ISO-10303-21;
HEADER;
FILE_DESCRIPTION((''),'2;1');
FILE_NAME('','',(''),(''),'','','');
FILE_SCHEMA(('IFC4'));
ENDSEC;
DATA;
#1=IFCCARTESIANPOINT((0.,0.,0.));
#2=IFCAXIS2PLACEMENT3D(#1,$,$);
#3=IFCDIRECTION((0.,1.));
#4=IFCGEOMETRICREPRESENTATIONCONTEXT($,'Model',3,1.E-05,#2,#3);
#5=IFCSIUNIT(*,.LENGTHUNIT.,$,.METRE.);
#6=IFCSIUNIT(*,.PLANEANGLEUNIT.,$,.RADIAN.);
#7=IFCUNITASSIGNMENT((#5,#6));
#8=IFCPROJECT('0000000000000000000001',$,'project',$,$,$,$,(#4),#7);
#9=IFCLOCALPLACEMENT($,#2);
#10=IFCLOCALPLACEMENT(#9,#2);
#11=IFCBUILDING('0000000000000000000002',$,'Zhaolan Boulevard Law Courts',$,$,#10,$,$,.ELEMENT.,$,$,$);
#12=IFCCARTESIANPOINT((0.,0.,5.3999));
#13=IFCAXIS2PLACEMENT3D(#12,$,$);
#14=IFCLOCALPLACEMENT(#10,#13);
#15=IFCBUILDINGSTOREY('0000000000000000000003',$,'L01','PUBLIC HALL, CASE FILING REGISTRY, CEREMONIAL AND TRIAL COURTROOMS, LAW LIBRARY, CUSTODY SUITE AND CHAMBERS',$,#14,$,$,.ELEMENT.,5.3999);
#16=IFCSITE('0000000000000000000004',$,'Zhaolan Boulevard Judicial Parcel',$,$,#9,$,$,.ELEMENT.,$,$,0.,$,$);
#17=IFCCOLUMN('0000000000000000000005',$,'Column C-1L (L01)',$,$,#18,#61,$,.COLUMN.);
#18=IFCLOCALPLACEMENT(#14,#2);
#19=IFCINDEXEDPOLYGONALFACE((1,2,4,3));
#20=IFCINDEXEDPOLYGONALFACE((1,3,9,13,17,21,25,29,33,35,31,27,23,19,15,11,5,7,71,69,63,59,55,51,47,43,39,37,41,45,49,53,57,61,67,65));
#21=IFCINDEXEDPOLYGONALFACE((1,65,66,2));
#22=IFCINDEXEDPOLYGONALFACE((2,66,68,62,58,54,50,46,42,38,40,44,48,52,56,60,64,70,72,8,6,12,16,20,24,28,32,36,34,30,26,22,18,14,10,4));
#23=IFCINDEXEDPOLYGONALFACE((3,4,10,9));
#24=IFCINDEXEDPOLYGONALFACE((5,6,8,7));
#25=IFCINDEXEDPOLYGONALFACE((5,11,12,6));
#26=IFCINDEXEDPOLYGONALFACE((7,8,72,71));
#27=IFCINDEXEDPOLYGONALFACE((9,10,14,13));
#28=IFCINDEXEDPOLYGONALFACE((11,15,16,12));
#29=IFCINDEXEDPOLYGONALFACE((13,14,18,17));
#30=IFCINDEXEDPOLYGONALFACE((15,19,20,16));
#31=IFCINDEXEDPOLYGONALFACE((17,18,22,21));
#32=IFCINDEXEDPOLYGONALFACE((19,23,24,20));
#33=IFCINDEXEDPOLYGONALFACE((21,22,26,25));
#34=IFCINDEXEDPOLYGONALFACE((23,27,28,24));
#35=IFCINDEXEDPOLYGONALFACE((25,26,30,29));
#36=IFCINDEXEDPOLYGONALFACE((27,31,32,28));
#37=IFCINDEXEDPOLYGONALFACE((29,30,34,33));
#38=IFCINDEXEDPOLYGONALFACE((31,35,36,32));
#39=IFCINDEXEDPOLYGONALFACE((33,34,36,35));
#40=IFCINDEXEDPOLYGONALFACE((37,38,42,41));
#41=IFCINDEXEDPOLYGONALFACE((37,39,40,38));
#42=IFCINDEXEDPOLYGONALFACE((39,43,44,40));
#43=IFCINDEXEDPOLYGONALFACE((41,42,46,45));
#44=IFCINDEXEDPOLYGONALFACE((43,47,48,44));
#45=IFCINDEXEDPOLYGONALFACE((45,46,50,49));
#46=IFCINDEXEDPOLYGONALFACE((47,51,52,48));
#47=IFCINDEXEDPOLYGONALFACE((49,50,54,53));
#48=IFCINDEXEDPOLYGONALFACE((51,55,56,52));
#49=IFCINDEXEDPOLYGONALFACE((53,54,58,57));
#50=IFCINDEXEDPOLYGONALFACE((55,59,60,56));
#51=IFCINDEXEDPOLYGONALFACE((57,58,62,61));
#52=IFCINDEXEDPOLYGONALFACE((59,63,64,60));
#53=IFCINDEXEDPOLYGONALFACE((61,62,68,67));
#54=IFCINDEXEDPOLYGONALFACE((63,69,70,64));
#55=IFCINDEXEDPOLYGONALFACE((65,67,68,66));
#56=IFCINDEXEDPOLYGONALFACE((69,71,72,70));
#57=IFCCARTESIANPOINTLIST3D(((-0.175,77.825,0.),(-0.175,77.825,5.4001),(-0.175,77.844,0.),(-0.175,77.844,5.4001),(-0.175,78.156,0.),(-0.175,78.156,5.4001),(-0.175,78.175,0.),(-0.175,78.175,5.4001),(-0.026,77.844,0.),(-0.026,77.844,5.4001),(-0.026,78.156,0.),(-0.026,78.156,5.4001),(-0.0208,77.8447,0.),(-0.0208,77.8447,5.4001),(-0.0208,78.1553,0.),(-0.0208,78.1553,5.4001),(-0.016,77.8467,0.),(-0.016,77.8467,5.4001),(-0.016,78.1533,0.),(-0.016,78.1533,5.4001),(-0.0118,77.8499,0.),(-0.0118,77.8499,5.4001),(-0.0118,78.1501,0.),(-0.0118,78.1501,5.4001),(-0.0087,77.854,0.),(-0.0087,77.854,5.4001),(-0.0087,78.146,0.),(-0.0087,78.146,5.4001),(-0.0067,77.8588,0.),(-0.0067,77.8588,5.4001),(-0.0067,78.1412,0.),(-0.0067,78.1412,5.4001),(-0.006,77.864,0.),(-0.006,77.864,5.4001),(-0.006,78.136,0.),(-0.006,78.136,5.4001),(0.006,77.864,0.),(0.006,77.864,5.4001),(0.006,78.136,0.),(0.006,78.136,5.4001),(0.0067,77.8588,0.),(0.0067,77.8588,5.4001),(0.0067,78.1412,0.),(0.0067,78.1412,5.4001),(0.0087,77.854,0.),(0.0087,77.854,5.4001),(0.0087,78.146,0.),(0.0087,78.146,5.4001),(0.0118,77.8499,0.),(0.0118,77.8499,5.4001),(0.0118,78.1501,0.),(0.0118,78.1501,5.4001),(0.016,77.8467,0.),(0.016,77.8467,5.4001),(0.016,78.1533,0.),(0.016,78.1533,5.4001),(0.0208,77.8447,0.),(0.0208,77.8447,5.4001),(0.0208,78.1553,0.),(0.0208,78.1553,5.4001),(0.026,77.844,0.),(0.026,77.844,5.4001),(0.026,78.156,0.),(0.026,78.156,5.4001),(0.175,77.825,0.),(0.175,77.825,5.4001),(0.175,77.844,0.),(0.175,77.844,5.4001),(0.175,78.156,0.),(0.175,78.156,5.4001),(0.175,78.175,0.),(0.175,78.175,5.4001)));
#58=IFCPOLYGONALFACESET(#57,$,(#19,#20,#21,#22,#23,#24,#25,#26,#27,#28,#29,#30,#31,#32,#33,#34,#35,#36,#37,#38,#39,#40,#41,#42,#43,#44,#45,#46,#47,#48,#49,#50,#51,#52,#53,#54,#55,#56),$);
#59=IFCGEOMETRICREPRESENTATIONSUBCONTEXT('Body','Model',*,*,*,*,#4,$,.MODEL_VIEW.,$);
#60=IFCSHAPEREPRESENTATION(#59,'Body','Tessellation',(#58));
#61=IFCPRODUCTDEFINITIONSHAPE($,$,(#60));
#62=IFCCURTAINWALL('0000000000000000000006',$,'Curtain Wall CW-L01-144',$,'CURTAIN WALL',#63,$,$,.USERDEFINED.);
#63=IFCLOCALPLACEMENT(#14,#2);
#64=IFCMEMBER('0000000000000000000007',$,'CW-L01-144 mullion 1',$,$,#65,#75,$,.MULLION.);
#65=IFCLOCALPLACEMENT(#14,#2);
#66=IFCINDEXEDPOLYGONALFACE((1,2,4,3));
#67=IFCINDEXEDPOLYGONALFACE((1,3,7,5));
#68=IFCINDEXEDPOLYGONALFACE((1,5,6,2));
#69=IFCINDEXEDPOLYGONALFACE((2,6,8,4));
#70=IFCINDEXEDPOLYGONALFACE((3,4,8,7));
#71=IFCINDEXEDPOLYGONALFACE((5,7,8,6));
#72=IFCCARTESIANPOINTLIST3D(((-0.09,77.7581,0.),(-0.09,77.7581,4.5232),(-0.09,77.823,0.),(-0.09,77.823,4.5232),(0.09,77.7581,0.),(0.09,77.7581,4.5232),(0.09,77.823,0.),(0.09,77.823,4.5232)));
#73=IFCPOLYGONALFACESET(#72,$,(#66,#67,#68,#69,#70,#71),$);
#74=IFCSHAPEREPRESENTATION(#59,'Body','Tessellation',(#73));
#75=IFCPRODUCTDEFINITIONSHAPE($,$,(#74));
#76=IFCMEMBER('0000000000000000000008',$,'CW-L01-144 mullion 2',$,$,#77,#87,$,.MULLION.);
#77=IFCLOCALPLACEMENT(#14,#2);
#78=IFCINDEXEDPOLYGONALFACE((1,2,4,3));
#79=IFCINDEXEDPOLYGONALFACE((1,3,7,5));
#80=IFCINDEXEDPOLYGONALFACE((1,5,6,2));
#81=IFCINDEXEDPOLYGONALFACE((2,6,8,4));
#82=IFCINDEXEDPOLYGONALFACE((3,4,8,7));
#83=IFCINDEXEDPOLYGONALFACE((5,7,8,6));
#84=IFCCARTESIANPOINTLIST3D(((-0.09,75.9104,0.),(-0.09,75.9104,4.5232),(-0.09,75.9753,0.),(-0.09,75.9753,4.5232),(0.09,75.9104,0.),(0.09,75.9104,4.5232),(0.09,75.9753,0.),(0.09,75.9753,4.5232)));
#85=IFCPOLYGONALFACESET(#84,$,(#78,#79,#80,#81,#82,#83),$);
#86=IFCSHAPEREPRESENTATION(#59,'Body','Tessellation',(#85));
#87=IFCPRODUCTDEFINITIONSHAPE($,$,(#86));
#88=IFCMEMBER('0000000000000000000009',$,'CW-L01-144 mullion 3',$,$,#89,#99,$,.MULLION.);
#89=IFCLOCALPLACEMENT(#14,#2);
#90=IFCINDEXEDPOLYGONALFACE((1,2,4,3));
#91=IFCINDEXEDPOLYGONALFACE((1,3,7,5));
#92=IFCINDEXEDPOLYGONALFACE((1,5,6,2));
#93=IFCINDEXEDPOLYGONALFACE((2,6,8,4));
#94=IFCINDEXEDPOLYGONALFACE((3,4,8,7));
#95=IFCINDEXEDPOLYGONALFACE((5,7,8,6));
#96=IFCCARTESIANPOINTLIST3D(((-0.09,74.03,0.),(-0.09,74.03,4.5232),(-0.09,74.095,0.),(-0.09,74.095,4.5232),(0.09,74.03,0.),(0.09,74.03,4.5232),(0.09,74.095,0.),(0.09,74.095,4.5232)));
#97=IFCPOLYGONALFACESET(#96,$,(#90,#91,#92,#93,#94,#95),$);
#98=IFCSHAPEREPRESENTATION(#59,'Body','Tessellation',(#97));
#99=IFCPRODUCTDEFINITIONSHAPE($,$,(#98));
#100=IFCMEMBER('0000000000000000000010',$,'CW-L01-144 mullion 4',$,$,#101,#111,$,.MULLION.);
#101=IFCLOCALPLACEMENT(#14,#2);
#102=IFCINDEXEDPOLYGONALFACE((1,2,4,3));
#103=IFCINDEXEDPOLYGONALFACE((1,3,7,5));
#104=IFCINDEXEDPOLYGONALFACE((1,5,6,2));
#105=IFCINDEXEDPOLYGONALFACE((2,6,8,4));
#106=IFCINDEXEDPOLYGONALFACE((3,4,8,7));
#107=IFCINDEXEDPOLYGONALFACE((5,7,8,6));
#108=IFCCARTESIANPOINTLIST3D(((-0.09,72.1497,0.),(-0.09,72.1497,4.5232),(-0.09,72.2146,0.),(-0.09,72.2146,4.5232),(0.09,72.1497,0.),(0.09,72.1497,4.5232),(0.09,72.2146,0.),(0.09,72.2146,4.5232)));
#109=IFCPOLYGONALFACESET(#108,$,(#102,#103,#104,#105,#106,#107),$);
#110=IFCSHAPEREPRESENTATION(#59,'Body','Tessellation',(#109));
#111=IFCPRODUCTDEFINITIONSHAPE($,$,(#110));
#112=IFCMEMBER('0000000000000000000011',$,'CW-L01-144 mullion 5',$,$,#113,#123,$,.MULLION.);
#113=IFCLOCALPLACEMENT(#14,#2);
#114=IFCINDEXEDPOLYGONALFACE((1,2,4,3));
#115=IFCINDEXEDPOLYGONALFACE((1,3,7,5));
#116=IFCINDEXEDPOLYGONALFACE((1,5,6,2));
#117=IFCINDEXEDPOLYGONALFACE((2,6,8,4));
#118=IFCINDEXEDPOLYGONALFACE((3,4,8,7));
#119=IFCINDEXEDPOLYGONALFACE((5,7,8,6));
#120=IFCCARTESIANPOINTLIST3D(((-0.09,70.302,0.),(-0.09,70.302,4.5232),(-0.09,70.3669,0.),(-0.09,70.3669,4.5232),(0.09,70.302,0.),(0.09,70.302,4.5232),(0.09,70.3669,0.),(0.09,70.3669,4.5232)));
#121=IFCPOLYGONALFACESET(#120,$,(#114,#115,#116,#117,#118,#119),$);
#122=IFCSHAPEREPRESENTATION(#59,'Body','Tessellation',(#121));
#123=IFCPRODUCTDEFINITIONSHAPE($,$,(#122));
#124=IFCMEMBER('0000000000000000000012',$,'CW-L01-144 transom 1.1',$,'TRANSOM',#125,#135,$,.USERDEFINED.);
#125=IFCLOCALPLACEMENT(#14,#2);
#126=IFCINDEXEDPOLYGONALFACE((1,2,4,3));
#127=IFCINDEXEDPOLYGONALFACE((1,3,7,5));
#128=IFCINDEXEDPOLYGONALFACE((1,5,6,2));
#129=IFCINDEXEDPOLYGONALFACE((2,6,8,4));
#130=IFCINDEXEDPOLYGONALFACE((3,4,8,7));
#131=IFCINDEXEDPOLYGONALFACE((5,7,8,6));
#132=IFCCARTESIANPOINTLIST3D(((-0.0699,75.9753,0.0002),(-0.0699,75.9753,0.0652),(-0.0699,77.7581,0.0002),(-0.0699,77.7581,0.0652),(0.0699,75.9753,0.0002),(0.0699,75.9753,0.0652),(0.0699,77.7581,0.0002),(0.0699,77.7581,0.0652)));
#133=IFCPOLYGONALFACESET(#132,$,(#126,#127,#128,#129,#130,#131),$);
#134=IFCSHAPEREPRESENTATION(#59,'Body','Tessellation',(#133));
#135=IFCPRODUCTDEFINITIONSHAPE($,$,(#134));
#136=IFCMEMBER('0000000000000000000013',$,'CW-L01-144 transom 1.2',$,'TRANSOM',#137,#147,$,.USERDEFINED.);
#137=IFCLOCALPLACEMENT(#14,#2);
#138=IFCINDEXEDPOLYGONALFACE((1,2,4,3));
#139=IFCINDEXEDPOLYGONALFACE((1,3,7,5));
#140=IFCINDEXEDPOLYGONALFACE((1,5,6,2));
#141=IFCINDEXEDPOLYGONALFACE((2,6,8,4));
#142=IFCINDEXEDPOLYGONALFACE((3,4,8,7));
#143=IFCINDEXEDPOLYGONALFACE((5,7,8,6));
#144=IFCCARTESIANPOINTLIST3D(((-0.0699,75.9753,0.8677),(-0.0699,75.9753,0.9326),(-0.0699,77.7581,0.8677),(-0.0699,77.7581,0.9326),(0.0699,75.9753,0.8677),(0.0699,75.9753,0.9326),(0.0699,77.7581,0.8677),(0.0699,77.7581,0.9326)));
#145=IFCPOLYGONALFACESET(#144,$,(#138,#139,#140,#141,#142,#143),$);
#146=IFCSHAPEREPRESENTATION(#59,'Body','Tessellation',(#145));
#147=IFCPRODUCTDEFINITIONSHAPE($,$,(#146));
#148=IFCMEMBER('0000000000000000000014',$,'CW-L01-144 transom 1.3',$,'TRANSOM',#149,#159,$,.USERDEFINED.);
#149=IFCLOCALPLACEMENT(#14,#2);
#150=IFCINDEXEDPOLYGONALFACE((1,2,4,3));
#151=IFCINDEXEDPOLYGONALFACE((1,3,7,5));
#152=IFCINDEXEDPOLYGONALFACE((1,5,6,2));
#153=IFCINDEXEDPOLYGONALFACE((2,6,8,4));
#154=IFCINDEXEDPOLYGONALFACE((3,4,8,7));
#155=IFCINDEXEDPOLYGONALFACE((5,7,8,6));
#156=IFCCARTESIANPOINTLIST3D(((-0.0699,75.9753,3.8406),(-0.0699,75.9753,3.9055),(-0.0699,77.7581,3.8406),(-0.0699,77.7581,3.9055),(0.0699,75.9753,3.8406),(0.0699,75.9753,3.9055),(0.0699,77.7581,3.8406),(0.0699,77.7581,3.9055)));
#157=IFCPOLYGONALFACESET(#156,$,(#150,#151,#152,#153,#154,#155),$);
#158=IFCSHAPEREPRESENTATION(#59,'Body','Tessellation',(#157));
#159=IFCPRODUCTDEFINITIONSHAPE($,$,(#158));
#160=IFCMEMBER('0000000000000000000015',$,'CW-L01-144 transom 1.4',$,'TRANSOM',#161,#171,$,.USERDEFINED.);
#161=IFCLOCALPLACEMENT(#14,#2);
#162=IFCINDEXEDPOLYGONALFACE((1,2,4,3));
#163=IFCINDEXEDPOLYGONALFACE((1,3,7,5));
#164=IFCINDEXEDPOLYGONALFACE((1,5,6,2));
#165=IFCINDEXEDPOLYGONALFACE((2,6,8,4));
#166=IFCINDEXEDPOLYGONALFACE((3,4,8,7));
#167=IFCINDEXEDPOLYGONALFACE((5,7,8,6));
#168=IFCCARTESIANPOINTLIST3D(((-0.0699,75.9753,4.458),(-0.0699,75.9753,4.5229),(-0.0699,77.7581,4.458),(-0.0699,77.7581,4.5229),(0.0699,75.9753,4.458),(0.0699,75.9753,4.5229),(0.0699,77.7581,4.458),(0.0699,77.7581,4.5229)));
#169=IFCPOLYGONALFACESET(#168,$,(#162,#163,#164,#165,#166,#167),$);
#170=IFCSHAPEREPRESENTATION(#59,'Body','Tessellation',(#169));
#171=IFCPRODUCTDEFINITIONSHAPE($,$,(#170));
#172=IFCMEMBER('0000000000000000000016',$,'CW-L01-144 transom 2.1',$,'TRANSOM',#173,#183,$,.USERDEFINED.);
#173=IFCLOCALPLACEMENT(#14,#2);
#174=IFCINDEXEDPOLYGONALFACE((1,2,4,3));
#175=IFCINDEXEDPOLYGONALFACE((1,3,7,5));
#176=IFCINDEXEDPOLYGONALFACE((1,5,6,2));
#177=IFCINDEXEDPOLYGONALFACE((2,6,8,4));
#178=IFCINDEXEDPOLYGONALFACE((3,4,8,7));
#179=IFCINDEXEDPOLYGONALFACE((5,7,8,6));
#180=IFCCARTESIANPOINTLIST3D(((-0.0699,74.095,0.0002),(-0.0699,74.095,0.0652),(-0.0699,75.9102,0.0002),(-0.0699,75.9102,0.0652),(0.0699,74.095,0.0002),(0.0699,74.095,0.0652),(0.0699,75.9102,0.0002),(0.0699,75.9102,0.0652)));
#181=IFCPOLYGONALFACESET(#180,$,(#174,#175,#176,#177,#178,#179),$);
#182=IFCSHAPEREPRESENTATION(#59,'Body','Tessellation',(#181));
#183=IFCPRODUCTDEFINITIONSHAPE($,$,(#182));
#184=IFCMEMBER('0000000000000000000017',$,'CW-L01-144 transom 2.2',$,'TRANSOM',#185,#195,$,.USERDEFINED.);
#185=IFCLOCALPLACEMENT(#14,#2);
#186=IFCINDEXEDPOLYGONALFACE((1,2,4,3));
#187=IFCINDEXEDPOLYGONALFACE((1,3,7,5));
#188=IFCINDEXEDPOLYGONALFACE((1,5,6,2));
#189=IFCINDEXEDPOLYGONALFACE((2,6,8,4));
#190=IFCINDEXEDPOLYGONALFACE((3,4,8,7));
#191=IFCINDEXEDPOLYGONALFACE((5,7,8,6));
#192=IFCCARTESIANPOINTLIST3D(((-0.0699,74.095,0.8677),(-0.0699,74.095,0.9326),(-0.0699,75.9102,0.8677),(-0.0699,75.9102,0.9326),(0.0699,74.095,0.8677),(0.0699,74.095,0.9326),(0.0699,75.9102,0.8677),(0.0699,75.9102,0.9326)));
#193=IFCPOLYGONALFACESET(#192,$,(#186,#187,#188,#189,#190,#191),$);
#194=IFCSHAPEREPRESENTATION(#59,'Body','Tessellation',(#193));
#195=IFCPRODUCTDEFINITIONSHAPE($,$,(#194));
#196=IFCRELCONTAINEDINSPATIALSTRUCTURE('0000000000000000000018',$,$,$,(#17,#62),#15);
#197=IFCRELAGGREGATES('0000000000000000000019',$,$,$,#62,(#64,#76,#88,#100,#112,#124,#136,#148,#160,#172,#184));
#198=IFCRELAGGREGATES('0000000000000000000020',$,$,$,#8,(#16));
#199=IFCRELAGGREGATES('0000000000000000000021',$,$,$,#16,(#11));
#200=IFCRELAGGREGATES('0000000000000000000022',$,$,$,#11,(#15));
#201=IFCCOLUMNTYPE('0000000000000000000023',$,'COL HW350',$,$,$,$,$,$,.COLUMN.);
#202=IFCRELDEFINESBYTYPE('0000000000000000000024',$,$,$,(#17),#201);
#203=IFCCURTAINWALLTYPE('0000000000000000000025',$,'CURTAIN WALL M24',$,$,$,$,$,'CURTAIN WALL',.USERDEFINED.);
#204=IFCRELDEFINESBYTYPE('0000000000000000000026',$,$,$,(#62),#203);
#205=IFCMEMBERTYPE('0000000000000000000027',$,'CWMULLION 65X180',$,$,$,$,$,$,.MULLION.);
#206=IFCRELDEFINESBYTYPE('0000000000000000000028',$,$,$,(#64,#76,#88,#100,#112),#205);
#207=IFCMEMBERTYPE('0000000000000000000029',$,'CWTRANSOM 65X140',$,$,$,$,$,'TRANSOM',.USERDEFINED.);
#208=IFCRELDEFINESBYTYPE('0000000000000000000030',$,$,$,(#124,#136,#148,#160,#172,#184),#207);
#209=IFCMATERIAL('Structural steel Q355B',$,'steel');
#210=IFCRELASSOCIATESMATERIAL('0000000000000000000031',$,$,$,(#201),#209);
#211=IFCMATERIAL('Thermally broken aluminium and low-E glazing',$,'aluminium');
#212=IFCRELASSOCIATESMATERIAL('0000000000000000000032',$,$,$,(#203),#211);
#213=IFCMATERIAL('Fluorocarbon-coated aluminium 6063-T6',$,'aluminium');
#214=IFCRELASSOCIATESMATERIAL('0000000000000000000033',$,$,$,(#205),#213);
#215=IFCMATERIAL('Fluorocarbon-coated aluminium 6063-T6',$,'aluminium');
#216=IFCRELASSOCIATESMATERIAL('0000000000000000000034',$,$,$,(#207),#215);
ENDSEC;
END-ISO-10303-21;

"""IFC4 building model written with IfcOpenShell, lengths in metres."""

from ifc_helpers import new_model, si_unit, direction, frame, origin, origin_2d, place, context, subcontext, project, spatial, rectangle, i_section, extrude, material, material_profile, profile_set, type_object, element, aggregate, save


model = new_model("IFC4")

# Units and contexts
model_context = context("Model", 3, precision=1e-05, world=origin(), true_north=direction((0.0, 1.0)))
body_context = subcontext(model_context, "Body", "Model", "MODEL_VIEW")
ifc_project = project(units=[si_unit("LENGTHUNIT", "METRE"), si_unit("PLANEANGLEUNIT", "RADIAN")], contexts=[model_context])

# Site, building, storey
site_placement = place(None, origin())
site = spatial("IfcSite", under=ifc_project, at=site_placement, Name="Zhaolan Boulevard Judicial Parcel", CompositionType="ELEMENT", RefElevation=0.0)
building_placement = place(site_placement, origin())
building = spatial("IfcBuilding", under=site, at=building_placement, Name="Zhaolan Boulevard Law Courts", CompositionType="ELEMENT")
storey_placement = place(building_placement, frame((0.0, 0.0, 5.3999)))
storey = spatial("IfcBuildingStorey", under=building, at=storey_placement, Name="L01", Description="PUBLIC HALL, CASE FILING REGISTRY, CEREMONIAL AND TRIAL COURTROOMS, LAW LIBRARY, CUSTODY SUITE AND CHAMBERS", CompositionType="ELEMENT", Elevation=5.3999)

# Column
ifc_material_1 = material(Name="Structural steel Q355B", Category="steel")
ifc_material_profile_1 = material_profile(ifc_material_1, i_section(OverallWidth=0.3501, OverallDepth=0.3501, WebThickness=0.012, FlangeThickness=0.019, FilletRadius=0.02, at=origin_2d()), Name="HW350x350")
ifc_profile_set_1 = profile_set([ifc_material_profile_1], Name="Structural steel Q355B")
column_type = type_object("IfcColumnType", Name="COL HW350", PredefinedType="COLUMN", material=ifc_profile_set_1)
column_placement = place(storey_placement, frame((0.0, 78.0, 0.0), z_axis=(0.0, 0.0, 1.0), x_axis=(1.0, 0.0, 0.0)))
element("IfcColumn", 1, at=column_placement, inside=storey, type_object=column_type, Name="Column C-1L (L01)", PredefinedType="COLUMN", context=body_context, shape_type="SweptSolid", body=[
    extrude(i_section(OverallWidth=0.3501, OverallDepth=0.3501, WebThickness=0.012, FlangeThickness=0.019, FilletRadius=0.02, at=origin_2d()), origin(), (0.0, 0.0, 1.0), 5.4001),
])

# Curtain wall, members
ifc_material_2 = material(Name="Thermally broken aluminium and low-E glazing", Category="aluminium")
curtain_wall_type = type_object("IfcCurtainWallType", Name="CURTAIN WALL M24", ElementType="CURTAIN WALL", PredefinedType="USERDEFINED", material=ifc_material_2)
curtain_wall_placement = place(storey_placement, origin())
curtain_wall = element("IfcCurtainWall", 2, at=curtain_wall_placement, inside=storey, type_object=curtain_wall_type, Name="Curtain Wall CW-L01-144", ObjectType="CURTAIN WALL", PredefinedType="USERDEFINED")
ifc_material_3 = material(Name="Fluorocarbon-coated aluminium 6063-T6", Category="aluminium")
ifc_material_profile_2 = material_profile(ifc_material_3, rectangle(XDim=0.1799, YDim=0.0649, at=origin_2d()), Name="AL65x180")
ifc_profile_set_2 = profile_set([ifc_material_profile_2], Name="Fluorocarbon-coated aluminium 6063-T6")
member_type_1 = type_object("IfcMemberType", Name="CWMULLION 65X180", PredefinedType="MULLION", material=ifc_profile_set_2)
member_1_placement = place(storey_placement, frame((0.0, 77.7905, 0.0), z_axis=(0.0, 0.0, 1.0), x_axis=(1.0, 0.0, 0.0)))
member_1 = element("IfcMember", 3, at=member_1_placement, type_object=member_type_1, Name="CW-L01-144 mullion 1", PredefinedType="MULLION", context=body_context, shape_type="SweptSolid", body=[
    extrude(rectangle(XDim=0.1799, YDim=0.0649, at=origin_2d()), origin(), (0.0, 0.0, 1.0), 4.5232),
])
member_2_placement = place(storey_placement, frame((0.0, 75.9429, 0.0), z_axis=(0.0, 0.0, 1.0), x_axis=(1.0, 0.0, 0.0)))
member_2 = element("IfcMember", 4, at=member_2_placement, type_object=member_type_1, Name="CW-L01-144 mullion 2", PredefinedType="MULLION", context=body_context, shape_type="SweptSolid", body=[
    extrude(rectangle(XDim=0.1799, YDim=0.0649, at=origin_2d()), origin(), (0.0, 0.0, 1.0), 4.5232),
])
member_3_placement = place(storey_placement, frame((0.0, 74.0625, 0.0), z_axis=(0.0, 0.0, 1.0), x_axis=(1.0, 0.0, 0.0)))
member_3 = element("IfcMember", 5, at=member_3_placement, type_object=member_type_1, Name="CW-L01-144 mullion 3", PredefinedType="MULLION", context=body_context, shape_type="SweptSolid", body=[
    extrude(rectangle(XDim=0.1799, YDim=0.0649, at=origin_2d()), origin(), (0.0, 0.0, 1.0), 4.5232),
])
member_4_placement = place(storey_placement, frame((0.0, 72.1821, 0.0), z_axis=(0.0, 0.0, 1.0), x_axis=(1.0, 0.0, 0.0)))
member_4 = element("IfcMember", 6, at=member_4_placement, type_object=member_type_1, Name="CW-L01-144 mullion 4", PredefinedType="MULLION", context=body_context, shape_type="SweptSolid", body=[
    extrude(rectangle(XDim=0.1799, YDim=0.0649, at=origin_2d()), origin(), (0.0, 0.0, 1.0), 4.5232),
])
member_5_placement = place(storey_placement, frame((0.0, 70.3345, 0.0), z_axis=(0.0, 0.0, 1.0), x_axis=(1.0, 0.0, 0.0)))
member_5 = element("IfcMember", 7, at=member_5_placement, type_object=member_type_1, Name="CW-L01-144 mullion 5", PredefinedType="MULLION", context=body_context, shape_type="SweptSolid", body=[
    extrude(rectangle(XDim=0.1799, YDim=0.0649, at=origin_2d()), origin(), (0.0, 0.0, 1.0), 4.5232),
])
ifc_material_4 = material(Name="Fluorocarbon-coated aluminium 6063-T6", Category="aluminium")
ifc_material_profile_3 = material_profile(ifc_material_4, rectangle(XDim=0.1399, YDim=0.0649, at=origin_2d()), Name="AL65x140")
ifc_profile_set_3 = profile_set([ifc_material_profile_3], Name="Fluorocarbon-coated aluminium 6063-T6")
member_type_2 = type_object("IfcMemberType", Name="CWTRANSOM 65X140", ElementType="TRANSOM", PredefinedType="USERDEFINED", material=ifc_profile_set_3)
member_6_placement = place(storey_placement, frame((0.0, 77.7581, 0.0327), z_axis=(0.0, -1.0, 0.0), x_axis=(1.0, 0.0, 0.0)))
member_6 = element("IfcMember", 8, at=member_6_placement, type_object=member_type_2, Name="CW-L01-144 transom 1.1", ObjectType="TRANSOM", PredefinedType="USERDEFINED", context=body_context, shape_type="SweptSolid", body=[
    extrude(rectangle(XDim=0.1399, YDim=0.0649, at=origin_2d()), origin(), (0.0, 0.0, 1.0), 1.7827),
])
member_7_placement = place(storey_placement, frame((0.0, 77.7581, 0.9001), z_axis=(0.0, -1.0, 0.0), x_axis=(1.0, 0.0, 0.0)))
member_7 = element("IfcMember", 9, at=member_7_placement, type_object=member_type_2, Name="CW-L01-144 transom 1.2", ObjectType="TRANSOM", PredefinedType="USERDEFINED", context=body_context, shape_type="SweptSolid", body=[
    extrude(rectangle(XDim=0.1399, YDim=0.0649, at=origin_2d()), origin(), (0.0, 0.0, 1.0), 1.7827),
])
member_8_placement = place(storey_placement, frame((0.0, 77.7581, 3.873), z_axis=(0.0, -1.0, 0.0), x_axis=(1.0, 0.0, 0.0)))
member_8 = element("IfcMember", 10, at=member_8_placement, type_object=member_type_2, Name="CW-L01-144 transom 1.3", ObjectType="TRANSOM", PredefinedType="USERDEFINED", context=body_context, shape_type="SweptSolid", body=[
    extrude(rectangle(XDim=0.1399, YDim=0.0649, at=origin_2d()), origin(), (0.0, 0.0, 1.0), 1.7827),
])
member_9_placement = place(storey_placement, frame((0.0, 77.7581, 4.4905), z_axis=(0.0, -1.0, 0.0), x_axis=(1.0, 0.0, 0.0)))
member_9 = element("IfcMember", 11, at=member_9_placement, type_object=member_type_2, Name="CW-L01-144 transom 1.4", ObjectType="TRANSOM", PredefinedType="USERDEFINED", context=body_context, shape_type="SweptSolid", body=[
    extrude(rectangle(XDim=0.1399, YDim=0.0649, at=origin_2d()), origin(), (0.0, 0.0, 1.0), 1.7827),
])
member_10_placement = place(storey_placement, frame((0.0, 75.9102, 0.0327), z_axis=(0.0, -1.0, 0.0), x_axis=(1.0, 0.0, 0.0)))
member_10 = element("IfcMember", 12, at=member_10_placement, type_object=member_type_2, Name="CW-L01-144 transom 2.1", ObjectType="TRANSOM", PredefinedType="USERDEFINED", context=body_context, shape_type="SweptSolid", body=[
    extrude(rectangle(XDim=0.1399, YDim=0.0649, at=origin_2d()), origin(), (0.0, 0.0, 1.0), 1.8152),
])
member_11_placement = place(storey_placement, frame((0.0, 75.9102, 0.9001), z_axis=(0.0, -1.0, 0.0), x_axis=(1.0, 0.0, 0.0)))
member_11 = element("IfcMember", 13, at=member_11_placement, type_object=member_type_2, Name="CW-L01-144 transom 2.2", ObjectType="TRANSOM", PredefinedType="USERDEFINED", context=body_context, shape_type="SweptSolid", body=[
    extrude(rectangle(XDim=0.1399, YDim=0.0649, at=origin_2d()), origin(), (0.0, 0.0, 1.0), 1.8152),
])

aggregate(curtain_wall, [member_1, member_2, member_3, member_4, member_5, member_6, member_7, member_8, member_9, member_10, member_11])

save(model, "model.ifc")
